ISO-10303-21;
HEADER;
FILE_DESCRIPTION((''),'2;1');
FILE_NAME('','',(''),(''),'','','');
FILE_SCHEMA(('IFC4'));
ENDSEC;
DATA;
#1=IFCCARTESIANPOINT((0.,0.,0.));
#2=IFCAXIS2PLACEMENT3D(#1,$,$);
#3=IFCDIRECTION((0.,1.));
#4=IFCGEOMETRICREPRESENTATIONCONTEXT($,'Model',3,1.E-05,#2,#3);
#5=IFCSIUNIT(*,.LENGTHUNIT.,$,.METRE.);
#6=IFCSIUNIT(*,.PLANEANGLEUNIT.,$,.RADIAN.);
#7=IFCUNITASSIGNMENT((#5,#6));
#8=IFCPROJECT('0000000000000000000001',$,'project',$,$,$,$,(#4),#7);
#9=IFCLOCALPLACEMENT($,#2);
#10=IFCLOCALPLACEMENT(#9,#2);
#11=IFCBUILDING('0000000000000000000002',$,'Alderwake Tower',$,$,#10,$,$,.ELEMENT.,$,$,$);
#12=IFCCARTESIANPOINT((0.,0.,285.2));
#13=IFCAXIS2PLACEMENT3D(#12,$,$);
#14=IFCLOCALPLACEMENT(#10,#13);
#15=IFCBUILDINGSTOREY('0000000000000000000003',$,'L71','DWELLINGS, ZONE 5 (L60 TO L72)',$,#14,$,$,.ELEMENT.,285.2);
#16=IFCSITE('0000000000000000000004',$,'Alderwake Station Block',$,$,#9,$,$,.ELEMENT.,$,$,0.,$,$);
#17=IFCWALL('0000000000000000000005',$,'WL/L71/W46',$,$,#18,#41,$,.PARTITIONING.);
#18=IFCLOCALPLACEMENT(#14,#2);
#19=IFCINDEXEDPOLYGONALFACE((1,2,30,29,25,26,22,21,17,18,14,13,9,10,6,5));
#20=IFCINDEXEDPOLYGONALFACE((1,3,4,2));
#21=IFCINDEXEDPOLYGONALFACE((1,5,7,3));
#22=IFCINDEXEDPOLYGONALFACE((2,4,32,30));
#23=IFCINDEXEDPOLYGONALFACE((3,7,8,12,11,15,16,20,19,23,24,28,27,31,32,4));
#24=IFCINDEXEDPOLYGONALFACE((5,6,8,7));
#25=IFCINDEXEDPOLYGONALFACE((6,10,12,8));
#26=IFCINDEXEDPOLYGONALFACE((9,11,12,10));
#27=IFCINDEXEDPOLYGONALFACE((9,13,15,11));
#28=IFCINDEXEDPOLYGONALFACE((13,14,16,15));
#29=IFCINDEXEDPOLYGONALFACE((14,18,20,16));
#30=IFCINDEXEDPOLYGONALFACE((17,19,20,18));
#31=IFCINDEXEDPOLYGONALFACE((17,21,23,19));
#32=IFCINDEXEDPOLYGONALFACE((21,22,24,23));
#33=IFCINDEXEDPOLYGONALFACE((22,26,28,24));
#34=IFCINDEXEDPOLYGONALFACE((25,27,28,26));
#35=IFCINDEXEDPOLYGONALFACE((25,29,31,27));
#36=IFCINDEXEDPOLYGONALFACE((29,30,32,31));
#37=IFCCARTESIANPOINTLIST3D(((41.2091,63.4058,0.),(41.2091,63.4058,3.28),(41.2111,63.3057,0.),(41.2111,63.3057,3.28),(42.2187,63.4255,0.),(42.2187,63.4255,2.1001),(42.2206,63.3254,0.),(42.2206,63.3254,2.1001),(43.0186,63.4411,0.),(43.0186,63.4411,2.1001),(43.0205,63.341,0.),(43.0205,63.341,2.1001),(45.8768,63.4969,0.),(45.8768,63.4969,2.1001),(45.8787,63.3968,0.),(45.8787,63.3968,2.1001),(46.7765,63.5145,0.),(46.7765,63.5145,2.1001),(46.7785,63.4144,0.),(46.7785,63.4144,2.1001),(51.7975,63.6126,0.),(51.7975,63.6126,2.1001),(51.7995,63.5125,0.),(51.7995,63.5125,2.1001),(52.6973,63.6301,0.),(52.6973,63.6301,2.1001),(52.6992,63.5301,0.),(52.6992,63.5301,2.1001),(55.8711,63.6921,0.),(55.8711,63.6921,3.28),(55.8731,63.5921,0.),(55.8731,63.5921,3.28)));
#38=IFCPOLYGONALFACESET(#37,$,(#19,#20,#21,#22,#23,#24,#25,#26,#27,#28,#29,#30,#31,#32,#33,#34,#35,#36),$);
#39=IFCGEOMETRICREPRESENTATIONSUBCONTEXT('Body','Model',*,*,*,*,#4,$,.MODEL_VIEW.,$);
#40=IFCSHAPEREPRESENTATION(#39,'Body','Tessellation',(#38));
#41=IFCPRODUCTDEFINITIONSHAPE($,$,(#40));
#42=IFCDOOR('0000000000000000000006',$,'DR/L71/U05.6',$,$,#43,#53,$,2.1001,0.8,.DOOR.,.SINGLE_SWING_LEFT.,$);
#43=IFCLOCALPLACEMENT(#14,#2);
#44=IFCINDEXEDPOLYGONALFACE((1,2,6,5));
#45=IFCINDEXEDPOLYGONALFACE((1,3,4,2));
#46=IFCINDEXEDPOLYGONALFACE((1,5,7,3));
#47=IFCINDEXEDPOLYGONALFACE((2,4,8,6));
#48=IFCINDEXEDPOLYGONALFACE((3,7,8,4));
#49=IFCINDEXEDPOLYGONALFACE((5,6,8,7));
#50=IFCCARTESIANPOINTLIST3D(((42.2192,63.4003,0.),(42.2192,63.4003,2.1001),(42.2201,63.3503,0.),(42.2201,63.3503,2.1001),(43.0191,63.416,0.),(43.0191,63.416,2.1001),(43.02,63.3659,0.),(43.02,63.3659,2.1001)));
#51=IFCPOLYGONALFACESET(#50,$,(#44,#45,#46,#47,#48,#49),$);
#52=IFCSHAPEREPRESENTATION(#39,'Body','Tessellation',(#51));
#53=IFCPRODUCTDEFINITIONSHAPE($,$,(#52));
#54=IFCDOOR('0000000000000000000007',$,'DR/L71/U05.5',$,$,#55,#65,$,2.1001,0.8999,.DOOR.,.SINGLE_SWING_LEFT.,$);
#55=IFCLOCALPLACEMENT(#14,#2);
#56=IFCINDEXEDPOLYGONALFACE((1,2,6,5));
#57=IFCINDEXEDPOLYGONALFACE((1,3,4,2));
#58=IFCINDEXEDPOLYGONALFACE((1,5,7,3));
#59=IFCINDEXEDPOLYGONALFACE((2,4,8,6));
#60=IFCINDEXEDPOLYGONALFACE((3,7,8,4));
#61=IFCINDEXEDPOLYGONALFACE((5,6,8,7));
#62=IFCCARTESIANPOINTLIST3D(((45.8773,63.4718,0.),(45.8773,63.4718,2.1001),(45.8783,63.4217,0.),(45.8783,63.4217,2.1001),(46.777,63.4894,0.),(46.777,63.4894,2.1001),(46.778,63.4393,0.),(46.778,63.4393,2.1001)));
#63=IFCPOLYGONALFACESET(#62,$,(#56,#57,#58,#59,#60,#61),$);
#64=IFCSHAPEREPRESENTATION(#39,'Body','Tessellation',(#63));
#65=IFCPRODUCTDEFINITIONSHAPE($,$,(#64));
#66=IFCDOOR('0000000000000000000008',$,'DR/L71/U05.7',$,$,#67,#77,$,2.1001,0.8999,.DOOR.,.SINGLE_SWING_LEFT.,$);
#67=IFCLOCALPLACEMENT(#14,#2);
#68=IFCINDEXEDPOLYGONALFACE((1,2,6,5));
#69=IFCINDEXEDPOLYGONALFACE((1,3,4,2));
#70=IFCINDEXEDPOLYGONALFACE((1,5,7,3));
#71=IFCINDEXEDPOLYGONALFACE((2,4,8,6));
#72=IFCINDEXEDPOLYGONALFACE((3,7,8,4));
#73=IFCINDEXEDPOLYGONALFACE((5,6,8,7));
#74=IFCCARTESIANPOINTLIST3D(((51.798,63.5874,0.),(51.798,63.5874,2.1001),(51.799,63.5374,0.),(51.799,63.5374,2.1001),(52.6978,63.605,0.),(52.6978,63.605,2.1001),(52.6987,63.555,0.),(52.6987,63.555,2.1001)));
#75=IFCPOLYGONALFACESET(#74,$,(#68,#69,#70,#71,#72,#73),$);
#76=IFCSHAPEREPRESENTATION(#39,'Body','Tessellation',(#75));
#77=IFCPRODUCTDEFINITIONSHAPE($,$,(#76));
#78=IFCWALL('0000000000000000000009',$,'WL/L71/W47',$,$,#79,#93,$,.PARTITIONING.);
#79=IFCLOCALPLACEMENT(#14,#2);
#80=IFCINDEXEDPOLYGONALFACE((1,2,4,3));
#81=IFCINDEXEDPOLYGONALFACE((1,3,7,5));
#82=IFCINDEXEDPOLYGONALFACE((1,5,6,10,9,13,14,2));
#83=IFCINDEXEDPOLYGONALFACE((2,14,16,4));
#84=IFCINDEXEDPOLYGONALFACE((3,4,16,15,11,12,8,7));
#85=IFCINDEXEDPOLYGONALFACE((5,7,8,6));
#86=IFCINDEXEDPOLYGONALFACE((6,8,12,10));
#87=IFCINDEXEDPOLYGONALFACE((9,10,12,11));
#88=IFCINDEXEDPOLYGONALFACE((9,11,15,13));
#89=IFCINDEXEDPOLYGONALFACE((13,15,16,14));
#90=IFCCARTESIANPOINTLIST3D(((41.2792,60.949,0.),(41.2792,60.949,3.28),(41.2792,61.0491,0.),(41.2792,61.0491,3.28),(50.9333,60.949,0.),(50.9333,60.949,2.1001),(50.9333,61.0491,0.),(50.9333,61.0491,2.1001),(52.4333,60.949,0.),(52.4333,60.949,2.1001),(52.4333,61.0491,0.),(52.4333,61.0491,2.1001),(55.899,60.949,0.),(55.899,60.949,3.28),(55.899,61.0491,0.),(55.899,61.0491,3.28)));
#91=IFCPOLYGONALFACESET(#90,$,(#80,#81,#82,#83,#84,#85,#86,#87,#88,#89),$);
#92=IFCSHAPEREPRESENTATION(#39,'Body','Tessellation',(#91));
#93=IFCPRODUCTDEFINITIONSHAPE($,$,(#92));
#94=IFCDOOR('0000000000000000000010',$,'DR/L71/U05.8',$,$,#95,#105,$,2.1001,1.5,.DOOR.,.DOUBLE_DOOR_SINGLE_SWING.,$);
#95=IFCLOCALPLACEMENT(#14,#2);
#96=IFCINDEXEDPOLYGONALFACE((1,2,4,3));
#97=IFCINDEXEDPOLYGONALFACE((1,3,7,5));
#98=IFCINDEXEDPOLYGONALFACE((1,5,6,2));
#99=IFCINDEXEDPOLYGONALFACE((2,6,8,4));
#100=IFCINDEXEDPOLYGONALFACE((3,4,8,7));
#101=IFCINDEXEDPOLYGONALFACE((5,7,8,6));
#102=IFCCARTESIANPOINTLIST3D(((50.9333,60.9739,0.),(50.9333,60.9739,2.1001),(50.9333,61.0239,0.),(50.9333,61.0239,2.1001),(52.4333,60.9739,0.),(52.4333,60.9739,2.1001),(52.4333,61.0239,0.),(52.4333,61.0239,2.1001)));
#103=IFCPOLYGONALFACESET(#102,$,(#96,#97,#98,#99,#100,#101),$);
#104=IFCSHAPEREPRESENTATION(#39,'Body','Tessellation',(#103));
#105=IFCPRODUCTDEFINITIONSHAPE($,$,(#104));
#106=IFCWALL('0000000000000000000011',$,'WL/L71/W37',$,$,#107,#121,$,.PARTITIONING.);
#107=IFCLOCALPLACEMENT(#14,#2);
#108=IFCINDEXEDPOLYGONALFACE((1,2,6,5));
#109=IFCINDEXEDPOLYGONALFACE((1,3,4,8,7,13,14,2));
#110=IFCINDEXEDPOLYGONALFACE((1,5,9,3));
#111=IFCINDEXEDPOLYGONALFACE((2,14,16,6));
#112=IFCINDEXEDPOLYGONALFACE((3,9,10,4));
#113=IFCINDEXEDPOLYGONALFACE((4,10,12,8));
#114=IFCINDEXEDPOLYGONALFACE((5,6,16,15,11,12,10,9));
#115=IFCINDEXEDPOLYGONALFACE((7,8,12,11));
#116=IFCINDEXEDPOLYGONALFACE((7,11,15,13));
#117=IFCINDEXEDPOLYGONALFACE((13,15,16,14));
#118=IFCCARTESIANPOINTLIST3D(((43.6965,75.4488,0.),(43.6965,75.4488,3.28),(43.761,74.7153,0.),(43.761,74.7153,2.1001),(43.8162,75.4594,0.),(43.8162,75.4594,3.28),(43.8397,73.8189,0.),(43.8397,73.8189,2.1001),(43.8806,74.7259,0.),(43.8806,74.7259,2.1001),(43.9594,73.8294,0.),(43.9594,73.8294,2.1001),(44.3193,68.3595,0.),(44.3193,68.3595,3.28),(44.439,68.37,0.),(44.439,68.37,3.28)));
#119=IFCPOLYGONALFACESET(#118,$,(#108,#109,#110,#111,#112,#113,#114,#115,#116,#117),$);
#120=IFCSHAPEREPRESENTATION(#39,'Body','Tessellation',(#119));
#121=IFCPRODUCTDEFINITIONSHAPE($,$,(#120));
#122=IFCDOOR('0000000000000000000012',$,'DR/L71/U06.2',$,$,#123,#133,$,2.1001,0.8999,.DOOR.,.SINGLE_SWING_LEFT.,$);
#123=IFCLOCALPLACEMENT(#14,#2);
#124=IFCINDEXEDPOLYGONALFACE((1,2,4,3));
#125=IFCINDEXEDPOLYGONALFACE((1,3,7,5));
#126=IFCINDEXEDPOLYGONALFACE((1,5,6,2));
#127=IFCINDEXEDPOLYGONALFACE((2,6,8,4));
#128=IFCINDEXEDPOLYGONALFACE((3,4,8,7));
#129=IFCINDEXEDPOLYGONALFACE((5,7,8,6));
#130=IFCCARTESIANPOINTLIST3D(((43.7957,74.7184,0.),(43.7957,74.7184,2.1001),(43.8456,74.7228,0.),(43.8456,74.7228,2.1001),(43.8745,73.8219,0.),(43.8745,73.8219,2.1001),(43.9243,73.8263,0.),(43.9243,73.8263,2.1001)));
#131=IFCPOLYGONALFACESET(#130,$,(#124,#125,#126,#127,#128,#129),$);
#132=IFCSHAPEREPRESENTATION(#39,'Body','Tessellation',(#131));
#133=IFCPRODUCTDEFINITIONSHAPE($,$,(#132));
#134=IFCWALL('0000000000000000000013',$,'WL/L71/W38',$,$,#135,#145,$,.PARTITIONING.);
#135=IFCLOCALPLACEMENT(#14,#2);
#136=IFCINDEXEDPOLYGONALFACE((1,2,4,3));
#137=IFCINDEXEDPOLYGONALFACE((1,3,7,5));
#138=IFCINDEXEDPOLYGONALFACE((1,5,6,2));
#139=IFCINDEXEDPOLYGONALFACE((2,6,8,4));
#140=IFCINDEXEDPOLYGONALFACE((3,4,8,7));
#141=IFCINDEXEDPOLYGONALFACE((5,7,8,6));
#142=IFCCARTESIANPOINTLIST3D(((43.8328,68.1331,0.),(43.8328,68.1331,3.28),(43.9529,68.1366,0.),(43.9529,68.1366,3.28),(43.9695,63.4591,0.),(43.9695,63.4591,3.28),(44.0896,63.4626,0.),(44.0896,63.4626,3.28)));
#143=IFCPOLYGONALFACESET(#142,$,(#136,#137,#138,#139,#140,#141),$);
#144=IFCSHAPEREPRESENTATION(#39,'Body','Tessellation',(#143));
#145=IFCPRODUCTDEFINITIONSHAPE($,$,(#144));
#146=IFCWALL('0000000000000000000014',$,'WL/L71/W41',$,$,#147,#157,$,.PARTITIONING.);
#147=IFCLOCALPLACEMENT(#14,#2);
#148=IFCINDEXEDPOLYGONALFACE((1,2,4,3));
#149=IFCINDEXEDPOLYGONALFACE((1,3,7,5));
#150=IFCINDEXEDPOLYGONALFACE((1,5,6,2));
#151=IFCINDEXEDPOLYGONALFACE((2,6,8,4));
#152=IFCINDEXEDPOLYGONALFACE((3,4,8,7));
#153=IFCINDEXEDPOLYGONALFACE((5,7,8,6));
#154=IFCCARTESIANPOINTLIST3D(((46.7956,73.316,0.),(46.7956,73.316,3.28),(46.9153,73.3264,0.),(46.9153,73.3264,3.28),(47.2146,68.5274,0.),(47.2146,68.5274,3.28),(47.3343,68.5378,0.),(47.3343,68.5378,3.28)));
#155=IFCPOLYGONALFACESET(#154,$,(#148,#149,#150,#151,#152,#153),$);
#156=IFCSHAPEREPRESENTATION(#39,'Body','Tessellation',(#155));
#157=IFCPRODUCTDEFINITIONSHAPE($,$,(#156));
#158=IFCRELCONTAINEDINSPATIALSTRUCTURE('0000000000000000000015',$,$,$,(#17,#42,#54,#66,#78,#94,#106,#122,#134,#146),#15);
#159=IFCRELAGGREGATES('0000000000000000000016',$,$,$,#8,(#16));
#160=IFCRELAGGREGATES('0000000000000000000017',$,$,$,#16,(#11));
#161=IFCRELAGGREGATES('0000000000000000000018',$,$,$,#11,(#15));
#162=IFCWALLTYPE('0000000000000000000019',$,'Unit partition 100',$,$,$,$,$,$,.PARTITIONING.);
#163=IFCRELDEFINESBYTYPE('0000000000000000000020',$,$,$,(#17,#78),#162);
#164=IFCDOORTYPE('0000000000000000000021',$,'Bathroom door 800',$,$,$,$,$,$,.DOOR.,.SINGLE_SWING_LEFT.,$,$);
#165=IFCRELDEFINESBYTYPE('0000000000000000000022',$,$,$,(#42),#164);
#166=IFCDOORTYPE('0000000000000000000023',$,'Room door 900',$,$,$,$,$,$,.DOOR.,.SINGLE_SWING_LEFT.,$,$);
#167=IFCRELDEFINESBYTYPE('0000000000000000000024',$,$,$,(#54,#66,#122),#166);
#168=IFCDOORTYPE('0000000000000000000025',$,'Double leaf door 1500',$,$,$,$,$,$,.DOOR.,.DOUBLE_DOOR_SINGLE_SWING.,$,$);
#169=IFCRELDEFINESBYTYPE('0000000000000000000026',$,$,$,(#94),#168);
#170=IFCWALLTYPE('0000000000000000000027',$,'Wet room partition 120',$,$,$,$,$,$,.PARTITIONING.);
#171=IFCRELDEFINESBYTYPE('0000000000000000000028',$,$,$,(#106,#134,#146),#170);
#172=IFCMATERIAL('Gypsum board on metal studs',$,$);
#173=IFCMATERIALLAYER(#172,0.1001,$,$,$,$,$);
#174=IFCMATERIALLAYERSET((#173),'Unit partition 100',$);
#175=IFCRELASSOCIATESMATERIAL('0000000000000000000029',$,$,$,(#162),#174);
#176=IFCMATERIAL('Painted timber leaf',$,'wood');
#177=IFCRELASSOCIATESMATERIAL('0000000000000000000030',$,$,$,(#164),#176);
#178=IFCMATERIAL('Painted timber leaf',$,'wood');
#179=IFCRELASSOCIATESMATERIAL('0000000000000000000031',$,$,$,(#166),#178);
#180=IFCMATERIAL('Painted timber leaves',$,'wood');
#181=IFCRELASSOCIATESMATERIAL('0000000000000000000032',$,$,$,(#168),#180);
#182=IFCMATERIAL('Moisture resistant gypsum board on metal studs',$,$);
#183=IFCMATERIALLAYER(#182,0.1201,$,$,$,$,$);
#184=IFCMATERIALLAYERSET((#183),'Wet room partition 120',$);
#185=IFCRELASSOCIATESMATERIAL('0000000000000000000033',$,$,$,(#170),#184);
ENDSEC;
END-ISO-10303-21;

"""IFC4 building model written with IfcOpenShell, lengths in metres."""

from ifc_helpers import new_model, si_unit, direction, frame, frame_2d, origin, place, context, subcontext, project, spatial, rectangle, extrude, material, layer, layer_set, type_object, element, fill, save


model = new_model("IFC4")

# Units and contexts
model_context = context("Model", 3, precision=1e-05, world=origin(), true_north=direction((0.0, 1.0)))
body_context = subcontext(model_context, "Body", "Model", "MODEL_VIEW")
ifc_project = project(units=[si_unit("LENGTHUNIT", "METRE"), si_unit("PLANEANGLEUNIT", "RADIAN")], contexts=[model_context])

# Site, building, storey
site_placement = place(None, origin())
site = spatial("IfcSite", under=ifc_project, at=site_placement, Name="Alderwake Station Block", CompositionType="ELEMENT", RefElevation=0.0)
building_placement = place(site_placement, origin())
building = spatial("IfcBuilding", under=site, at=building_placement, Name="Alderwake Tower", CompositionType="ELEMENT")
storey_placement = place(building_placement, frame((0.0, 0.0, 285.2)))
storey = spatial("IfcBuildingStorey", under=building, at=storey_placement, Name="L71", Description="DWELLINGS, ZONE 5 (L60 TO L72)", CompositionType="ELEMENT", Elevation=285.2)

# Shared definitions
ifc_material_1 = material(Name="Gypsum board on metal studs")
ifc_layer_1 = layer(ifc_material_1, 0.1001)
ifc_layer_set_1 = layer_set([ifc_layer_1], Name="Unit partition 100")
wall_type_1 = type_object("IfcWallType", Name="Unit partition 100", PredefinedType="PARTITIONING", material=ifc_layer_set_1)
ifc_material_2 = material(Name="Painted timber leaf", Category="wood")
door_type_1 = type_object("IfcDoorType", Name="Bathroom door 800", OperationType="SINGLE_SWING_LEFT", PredefinedType="DOOR", material=ifc_material_2)
ifc_material_3 = material(Name="Painted timber leaf", Category="wood")
door_type_2 = type_object("IfcDoorType", Name="Room door 900", OperationType="SINGLE_SWING_LEFT", PredefinedType="DOOR", material=ifc_material_3)

# Shared definitions
ifc_material_4 = material(Name="Painted timber leaves", Category="wood")
door_type_3 = type_object("IfcDoorType", Name="Double leaf door 1500", OperationType="DOUBLE_DOOR_SINGLE_SWING", PredefinedType="DOOR", material=ifc_material_4)

# Wall, openings, doors
wall_1_placement = place(storey_placement, frame((41.21, 63.3557, 0.0), z_axis=(0.0, 0.0, 1.0), x_axis=(0.999809, 0.019528, 0.0)))
wall_1 = element("IfcWall", 1, at=wall_1_placement, inside=storey, type_object=wall_type_1, Name="WL/L71/W46", PredefinedType="PARTITIONING", context=body_context, shape_type="SweptSolid", body=[
    extrude(rectangle(XDim=14.6648, YDim=0.1001, at=frame_2d((7.3325, 0.0))), origin(), (0.0, 0.0, 1.0), 3.28),
])
opening_1_placement = place(wall_1_placement, frame((4.6687, 0.0, 0.0)))
opening_1 = element("IfcOpeningElement", 2, at=opening_1_placement, cuts=wall_1, PredefinedType="OPENING", context=body_context, shape_type="SweptSolid", body=[
    extrude(rectangle(XDim=0.8999, YDim=2.1001, at=frame_2d((0.45, 1.05))), frame((0.0, 0.0601, 0.0), z_axis=(0.0, -1.0, 0.0), x_axis=(1.0, 0.0, 0.0)), (0.0, 0.0, 1.0), 0.1201),
])
opening_2_placement = place(wall_1_placement, frame((1.01, 0.0, 0.0)))
opening_2 = element("IfcOpeningElement", 3, at=opening_2_placement, cuts=wall_1, PredefinedType="OPENING", context=body_context, shape_type="SweptSolid", body=[
    extrude(rectangle(XDim=0.8, YDim=2.1001, at=frame_2d((0.3999, 1.05))), frame((0.0, 0.0601, 0.0), z_axis=(0.0, -1.0, 0.0), x_axis=(1.0, 0.0, 0.0)), (0.0, 0.0, 1.0), 0.1201),
])
opening_3_placement = place(wall_1_placement, frame((10.5906, 0.0, 0.0)))
opening_3 = element("IfcOpeningElement", 4, at=opening_3_placement, cuts=wall_1, PredefinedType="OPENING", context=body_context, shape_type="SweptSolid", body=[
    extrude(rectangle(XDim=0.8999, YDim=2.1001, at=frame_2d((0.45, 1.05))), frame((0.0, 0.0601, 0.0), z_axis=(0.0, -1.0, 0.0), x_axis=(1.0, 0.0, 0.0)), (0.0, 0.0, 1.0), 0.1201),
])
door_1_placement = place(opening_2_placement, origin())
door_1 = element("IfcDoor", 5, at=door_1_placement, inside=storey, type_object=door_type_1, Name="DR/L71/U05.6", OperationType="SINGLE_SWING_LEFT", OverallHeight=2.1001, OverallWidth=0.8, PredefinedType="DOOR", context=body_context, shape_type="SweptSolid", body=[
    extrude(rectangle(XDim=0.8, YDim=2.1001, at=frame_2d((0.3999, 1.05))), frame((0.0, 0.0249, 0.0), z_axis=(0.0, -1.0, 0.0), x_axis=(1.0, 0.0, 0.0)), (0.0, 0.0, 1.0), 0.05),
])
fill(opening_2, door_1)
door_2_placement = place(opening_1_placement, origin())
door_2 = element("IfcDoor", 6, at=door_2_placement, inside=storey, type_object=door_type_2, Name="DR/L71/U05.5", OperationType="SINGLE_SWING_LEFT", OverallHeight=2.1001, OverallWidth=0.8999, PredefinedType="DOOR", context=body_context, shape_type="SweptSolid", body=[
    extrude(rectangle(XDim=0.8999, YDim=2.1001, at=frame_2d((0.45, 1.05))), frame((0.0, 0.0249, 0.0), z_axis=(0.0, -1.0, 0.0), x_axis=(1.0, 0.0, 0.0)), (0.0, 0.0, 1.0), 0.05),
])
fill(opening_1, door_2)
door_3_placement = place(opening_3_placement, origin())
door_3 = element("IfcDoor", 7, at=door_3_placement, inside=storey, type_object=door_type_2, Name="DR/L71/U05.7", OperationType="SINGLE_SWING_LEFT", OverallHeight=2.1001, OverallWidth=0.8999, PredefinedType="DOOR", context=body_context, shape_type="SweptSolid", body=[
    extrude(rectangle(XDim=0.8999, YDim=2.1001, at=frame_2d((0.45, 1.05))), frame((0.0, 0.0249, 0.0), z_axis=(0.0, -1.0, 0.0), x_axis=(1.0, 0.0, 0.0)), (0.0, 0.0, 1.0), 0.05),
])
fill(opening_3, door_3)

# Walls, openings, doors
wall_2_placement = place(storey_placement, frame((41.2791, 60.999, 0.0), z_axis=(0.0, 0.0, 1.0), x_axis=(1.0, 0.0, 0.0)))
wall_2 = element("IfcWall", 8, at=wall_2_placement, inside=storey, type_object=wall_type_1, Name="WL/L71/W47", PredefinedType="PARTITIONING", context=body_context, shape_type="SweptSolid", body=[
    extrude(rectangle(XDim=14.6199, YDim=0.1001, at=frame_2d((7.3101, 0.0))), origin(), (0.0, 0.0, 1.0), 3.28),
])
opening_4_placement = place(wall_2_placement, frame((9.6543, 0.0, 0.0)))
opening_4 = element("IfcOpeningElement", 9, at=opening_4_placement, cuts=wall_2, PredefinedType="OPENING", context=body_context, shape_type="SweptSolid", body=[
    extrude(rectangle(XDim=1.5, YDim=2.1001, at=frame_2d((0.75, 1.05))), frame((0.0, 0.0601, 0.0), z_axis=(0.0, -1.0, 0.0), x_axis=(1.0, 0.0, 0.0)), (0.0, 0.0, 1.0), 0.1201),
])
door_4_placement = place(opening_4_placement, origin())
door_4 = element("IfcDoor", 10, at=door_4_placement, inside=storey, type_object=door_type_3, Name="DR/L71/U05.8", OperationType="DOUBLE_DOOR_SINGLE_SWING", OverallHeight=2.1001, OverallWidth=1.5, PredefinedType="DOOR", context=body_context, shape_type="SweptSolid", body=[
    extrude(rectangle(XDim=1.5, YDim=2.1001, at=frame_2d((0.75, 1.05))), frame((0.0, 0.0249, 0.0), z_axis=(0.0, -1.0, 0.0), x_axis=(1.0, 0.0, 0.0)), (0.0, 0.0, 1.0), 0.05),
])
fill(opening_4, door_4)
ifc_material_5 = material(Name="Moisture resistant gypsum board on metal studs")
ifc_layer_2 = layer(ifc_material_5, 0.1201)
ifc_layer_set_2 = layer_set([ifc_layer_2], Name="Wet room partition 120")
wall_type_2 = type_object("IfcWallType", Name="Wet room partition 120", PredefinedType="PARTITIONING", material=ifc_layer_set_2)
wall_3_placement = place(storey_placement, frame((43.7563, 75.4541, 0.0), z_axis=(0.0, 0.0, 1.0), x_axis=(0.087513, -0.996163, 0.0)))
wall_3 = element("IfcWall", 11, at=wall_3_placement, inside=storey, type_object=wall_type_2, Name="WL/L71/W37", PredefinedType="PARTITIONING", context=body_context, shape_type="SweptSolid", body=[
    extrude(rectangle(XDim=7.1167, YDim=0.1201, at=frame_2d((3.5583, 0.0))), origin(), (0.0, 0.0, 1.0), 3.28),
])
opening_5_placement = place(wall_3_placement, frame((0.7363, 0.0, 0.0)))
opening_5 = element("IfcOpeningElement", 12, at=opening_5_placement, cuts=wall_3, PredefinedType="OPENING", context=body_context, shape_type="SweptSolid", body=[
    extrude(rectangle(XDim=0.8999, YDim=2.1001, at=frame_2d((0.45, 1.05))), frame((0.0, 0.0701, 0.0), z_axis=(0.0, -1.0, 0.0), x_axis=(1.0, 0.0, 0.0)), (0.0, 0.0, 1.0), 0.1401),
])
door_5_placement = place(opening_5_placement, origin())
door_5 = element("IfcDoor", 13, at=door_5_placement, inside=storey, type_object=door_type_2, Name="DR/L71/U06.2", OperationType="SINGLE_SWING_LEFT", OverallHeight=2.1001, OverallWidth=0.8999, PredefinedType="DOOR", context=body_context, shape_type="SweptSolid", body=[
    extrude(rectangle(XDim=0.8999, YDim=2.1001, at=frame_2d((0.45, 1.05))), frame((0.0, 0.0249, 0.0), z_axis=(0.0, -1.0, 0.0), x_axis=(1.0, 0.0, 0.0)), (0.0, 0.0, 1.0), 0.05),
])
fill(opening_5, door_5)

# Walls
wall_4_placement = place(storey_placement, frame((44.0295, 63.4609, 0.0), z_axis=(0.0, 0.0, 1.0), x_axis=(-0.029238, 0.999572, 0.0)))
element("IfcWall", 14, at=wall_4_placement, inside=storey, type_object=wall_type_2, Name="WL/L71/W38", PredefinedType="PARTITIONING", context=body_context, shape_type="SweptSolid", body=[
    extrude(rectangle(XDim=4.676, YDim=0.1201, at=frame_2d((2.3379, 0.0))), origin(), (0.0, 0.0, 1.0), 3.28),
])
wall_5_placement = place(storey_placement, frame((47.2744, 68.5327, 0.0), z_axis=(0.0, 0.0, 1.0), x_axis=(-0.087156, 0.996195, 0.0)))
element("IfcWall", 15, at=wall_5_placement, inside=storey, type_object=wall_type_2, Name="WL/L71/W41", PredefinedType="PARTITIONING", context=body_context, shape_type="SweptSolid", body=[
    extrude(rectangle(XDim=4.8069, YDim=0.1201, at=frame_2d((2.4033, 0.0))), origin(), (0.0, 0.0, 1.0), 3.28),
])

save(model, "model.ifc")
